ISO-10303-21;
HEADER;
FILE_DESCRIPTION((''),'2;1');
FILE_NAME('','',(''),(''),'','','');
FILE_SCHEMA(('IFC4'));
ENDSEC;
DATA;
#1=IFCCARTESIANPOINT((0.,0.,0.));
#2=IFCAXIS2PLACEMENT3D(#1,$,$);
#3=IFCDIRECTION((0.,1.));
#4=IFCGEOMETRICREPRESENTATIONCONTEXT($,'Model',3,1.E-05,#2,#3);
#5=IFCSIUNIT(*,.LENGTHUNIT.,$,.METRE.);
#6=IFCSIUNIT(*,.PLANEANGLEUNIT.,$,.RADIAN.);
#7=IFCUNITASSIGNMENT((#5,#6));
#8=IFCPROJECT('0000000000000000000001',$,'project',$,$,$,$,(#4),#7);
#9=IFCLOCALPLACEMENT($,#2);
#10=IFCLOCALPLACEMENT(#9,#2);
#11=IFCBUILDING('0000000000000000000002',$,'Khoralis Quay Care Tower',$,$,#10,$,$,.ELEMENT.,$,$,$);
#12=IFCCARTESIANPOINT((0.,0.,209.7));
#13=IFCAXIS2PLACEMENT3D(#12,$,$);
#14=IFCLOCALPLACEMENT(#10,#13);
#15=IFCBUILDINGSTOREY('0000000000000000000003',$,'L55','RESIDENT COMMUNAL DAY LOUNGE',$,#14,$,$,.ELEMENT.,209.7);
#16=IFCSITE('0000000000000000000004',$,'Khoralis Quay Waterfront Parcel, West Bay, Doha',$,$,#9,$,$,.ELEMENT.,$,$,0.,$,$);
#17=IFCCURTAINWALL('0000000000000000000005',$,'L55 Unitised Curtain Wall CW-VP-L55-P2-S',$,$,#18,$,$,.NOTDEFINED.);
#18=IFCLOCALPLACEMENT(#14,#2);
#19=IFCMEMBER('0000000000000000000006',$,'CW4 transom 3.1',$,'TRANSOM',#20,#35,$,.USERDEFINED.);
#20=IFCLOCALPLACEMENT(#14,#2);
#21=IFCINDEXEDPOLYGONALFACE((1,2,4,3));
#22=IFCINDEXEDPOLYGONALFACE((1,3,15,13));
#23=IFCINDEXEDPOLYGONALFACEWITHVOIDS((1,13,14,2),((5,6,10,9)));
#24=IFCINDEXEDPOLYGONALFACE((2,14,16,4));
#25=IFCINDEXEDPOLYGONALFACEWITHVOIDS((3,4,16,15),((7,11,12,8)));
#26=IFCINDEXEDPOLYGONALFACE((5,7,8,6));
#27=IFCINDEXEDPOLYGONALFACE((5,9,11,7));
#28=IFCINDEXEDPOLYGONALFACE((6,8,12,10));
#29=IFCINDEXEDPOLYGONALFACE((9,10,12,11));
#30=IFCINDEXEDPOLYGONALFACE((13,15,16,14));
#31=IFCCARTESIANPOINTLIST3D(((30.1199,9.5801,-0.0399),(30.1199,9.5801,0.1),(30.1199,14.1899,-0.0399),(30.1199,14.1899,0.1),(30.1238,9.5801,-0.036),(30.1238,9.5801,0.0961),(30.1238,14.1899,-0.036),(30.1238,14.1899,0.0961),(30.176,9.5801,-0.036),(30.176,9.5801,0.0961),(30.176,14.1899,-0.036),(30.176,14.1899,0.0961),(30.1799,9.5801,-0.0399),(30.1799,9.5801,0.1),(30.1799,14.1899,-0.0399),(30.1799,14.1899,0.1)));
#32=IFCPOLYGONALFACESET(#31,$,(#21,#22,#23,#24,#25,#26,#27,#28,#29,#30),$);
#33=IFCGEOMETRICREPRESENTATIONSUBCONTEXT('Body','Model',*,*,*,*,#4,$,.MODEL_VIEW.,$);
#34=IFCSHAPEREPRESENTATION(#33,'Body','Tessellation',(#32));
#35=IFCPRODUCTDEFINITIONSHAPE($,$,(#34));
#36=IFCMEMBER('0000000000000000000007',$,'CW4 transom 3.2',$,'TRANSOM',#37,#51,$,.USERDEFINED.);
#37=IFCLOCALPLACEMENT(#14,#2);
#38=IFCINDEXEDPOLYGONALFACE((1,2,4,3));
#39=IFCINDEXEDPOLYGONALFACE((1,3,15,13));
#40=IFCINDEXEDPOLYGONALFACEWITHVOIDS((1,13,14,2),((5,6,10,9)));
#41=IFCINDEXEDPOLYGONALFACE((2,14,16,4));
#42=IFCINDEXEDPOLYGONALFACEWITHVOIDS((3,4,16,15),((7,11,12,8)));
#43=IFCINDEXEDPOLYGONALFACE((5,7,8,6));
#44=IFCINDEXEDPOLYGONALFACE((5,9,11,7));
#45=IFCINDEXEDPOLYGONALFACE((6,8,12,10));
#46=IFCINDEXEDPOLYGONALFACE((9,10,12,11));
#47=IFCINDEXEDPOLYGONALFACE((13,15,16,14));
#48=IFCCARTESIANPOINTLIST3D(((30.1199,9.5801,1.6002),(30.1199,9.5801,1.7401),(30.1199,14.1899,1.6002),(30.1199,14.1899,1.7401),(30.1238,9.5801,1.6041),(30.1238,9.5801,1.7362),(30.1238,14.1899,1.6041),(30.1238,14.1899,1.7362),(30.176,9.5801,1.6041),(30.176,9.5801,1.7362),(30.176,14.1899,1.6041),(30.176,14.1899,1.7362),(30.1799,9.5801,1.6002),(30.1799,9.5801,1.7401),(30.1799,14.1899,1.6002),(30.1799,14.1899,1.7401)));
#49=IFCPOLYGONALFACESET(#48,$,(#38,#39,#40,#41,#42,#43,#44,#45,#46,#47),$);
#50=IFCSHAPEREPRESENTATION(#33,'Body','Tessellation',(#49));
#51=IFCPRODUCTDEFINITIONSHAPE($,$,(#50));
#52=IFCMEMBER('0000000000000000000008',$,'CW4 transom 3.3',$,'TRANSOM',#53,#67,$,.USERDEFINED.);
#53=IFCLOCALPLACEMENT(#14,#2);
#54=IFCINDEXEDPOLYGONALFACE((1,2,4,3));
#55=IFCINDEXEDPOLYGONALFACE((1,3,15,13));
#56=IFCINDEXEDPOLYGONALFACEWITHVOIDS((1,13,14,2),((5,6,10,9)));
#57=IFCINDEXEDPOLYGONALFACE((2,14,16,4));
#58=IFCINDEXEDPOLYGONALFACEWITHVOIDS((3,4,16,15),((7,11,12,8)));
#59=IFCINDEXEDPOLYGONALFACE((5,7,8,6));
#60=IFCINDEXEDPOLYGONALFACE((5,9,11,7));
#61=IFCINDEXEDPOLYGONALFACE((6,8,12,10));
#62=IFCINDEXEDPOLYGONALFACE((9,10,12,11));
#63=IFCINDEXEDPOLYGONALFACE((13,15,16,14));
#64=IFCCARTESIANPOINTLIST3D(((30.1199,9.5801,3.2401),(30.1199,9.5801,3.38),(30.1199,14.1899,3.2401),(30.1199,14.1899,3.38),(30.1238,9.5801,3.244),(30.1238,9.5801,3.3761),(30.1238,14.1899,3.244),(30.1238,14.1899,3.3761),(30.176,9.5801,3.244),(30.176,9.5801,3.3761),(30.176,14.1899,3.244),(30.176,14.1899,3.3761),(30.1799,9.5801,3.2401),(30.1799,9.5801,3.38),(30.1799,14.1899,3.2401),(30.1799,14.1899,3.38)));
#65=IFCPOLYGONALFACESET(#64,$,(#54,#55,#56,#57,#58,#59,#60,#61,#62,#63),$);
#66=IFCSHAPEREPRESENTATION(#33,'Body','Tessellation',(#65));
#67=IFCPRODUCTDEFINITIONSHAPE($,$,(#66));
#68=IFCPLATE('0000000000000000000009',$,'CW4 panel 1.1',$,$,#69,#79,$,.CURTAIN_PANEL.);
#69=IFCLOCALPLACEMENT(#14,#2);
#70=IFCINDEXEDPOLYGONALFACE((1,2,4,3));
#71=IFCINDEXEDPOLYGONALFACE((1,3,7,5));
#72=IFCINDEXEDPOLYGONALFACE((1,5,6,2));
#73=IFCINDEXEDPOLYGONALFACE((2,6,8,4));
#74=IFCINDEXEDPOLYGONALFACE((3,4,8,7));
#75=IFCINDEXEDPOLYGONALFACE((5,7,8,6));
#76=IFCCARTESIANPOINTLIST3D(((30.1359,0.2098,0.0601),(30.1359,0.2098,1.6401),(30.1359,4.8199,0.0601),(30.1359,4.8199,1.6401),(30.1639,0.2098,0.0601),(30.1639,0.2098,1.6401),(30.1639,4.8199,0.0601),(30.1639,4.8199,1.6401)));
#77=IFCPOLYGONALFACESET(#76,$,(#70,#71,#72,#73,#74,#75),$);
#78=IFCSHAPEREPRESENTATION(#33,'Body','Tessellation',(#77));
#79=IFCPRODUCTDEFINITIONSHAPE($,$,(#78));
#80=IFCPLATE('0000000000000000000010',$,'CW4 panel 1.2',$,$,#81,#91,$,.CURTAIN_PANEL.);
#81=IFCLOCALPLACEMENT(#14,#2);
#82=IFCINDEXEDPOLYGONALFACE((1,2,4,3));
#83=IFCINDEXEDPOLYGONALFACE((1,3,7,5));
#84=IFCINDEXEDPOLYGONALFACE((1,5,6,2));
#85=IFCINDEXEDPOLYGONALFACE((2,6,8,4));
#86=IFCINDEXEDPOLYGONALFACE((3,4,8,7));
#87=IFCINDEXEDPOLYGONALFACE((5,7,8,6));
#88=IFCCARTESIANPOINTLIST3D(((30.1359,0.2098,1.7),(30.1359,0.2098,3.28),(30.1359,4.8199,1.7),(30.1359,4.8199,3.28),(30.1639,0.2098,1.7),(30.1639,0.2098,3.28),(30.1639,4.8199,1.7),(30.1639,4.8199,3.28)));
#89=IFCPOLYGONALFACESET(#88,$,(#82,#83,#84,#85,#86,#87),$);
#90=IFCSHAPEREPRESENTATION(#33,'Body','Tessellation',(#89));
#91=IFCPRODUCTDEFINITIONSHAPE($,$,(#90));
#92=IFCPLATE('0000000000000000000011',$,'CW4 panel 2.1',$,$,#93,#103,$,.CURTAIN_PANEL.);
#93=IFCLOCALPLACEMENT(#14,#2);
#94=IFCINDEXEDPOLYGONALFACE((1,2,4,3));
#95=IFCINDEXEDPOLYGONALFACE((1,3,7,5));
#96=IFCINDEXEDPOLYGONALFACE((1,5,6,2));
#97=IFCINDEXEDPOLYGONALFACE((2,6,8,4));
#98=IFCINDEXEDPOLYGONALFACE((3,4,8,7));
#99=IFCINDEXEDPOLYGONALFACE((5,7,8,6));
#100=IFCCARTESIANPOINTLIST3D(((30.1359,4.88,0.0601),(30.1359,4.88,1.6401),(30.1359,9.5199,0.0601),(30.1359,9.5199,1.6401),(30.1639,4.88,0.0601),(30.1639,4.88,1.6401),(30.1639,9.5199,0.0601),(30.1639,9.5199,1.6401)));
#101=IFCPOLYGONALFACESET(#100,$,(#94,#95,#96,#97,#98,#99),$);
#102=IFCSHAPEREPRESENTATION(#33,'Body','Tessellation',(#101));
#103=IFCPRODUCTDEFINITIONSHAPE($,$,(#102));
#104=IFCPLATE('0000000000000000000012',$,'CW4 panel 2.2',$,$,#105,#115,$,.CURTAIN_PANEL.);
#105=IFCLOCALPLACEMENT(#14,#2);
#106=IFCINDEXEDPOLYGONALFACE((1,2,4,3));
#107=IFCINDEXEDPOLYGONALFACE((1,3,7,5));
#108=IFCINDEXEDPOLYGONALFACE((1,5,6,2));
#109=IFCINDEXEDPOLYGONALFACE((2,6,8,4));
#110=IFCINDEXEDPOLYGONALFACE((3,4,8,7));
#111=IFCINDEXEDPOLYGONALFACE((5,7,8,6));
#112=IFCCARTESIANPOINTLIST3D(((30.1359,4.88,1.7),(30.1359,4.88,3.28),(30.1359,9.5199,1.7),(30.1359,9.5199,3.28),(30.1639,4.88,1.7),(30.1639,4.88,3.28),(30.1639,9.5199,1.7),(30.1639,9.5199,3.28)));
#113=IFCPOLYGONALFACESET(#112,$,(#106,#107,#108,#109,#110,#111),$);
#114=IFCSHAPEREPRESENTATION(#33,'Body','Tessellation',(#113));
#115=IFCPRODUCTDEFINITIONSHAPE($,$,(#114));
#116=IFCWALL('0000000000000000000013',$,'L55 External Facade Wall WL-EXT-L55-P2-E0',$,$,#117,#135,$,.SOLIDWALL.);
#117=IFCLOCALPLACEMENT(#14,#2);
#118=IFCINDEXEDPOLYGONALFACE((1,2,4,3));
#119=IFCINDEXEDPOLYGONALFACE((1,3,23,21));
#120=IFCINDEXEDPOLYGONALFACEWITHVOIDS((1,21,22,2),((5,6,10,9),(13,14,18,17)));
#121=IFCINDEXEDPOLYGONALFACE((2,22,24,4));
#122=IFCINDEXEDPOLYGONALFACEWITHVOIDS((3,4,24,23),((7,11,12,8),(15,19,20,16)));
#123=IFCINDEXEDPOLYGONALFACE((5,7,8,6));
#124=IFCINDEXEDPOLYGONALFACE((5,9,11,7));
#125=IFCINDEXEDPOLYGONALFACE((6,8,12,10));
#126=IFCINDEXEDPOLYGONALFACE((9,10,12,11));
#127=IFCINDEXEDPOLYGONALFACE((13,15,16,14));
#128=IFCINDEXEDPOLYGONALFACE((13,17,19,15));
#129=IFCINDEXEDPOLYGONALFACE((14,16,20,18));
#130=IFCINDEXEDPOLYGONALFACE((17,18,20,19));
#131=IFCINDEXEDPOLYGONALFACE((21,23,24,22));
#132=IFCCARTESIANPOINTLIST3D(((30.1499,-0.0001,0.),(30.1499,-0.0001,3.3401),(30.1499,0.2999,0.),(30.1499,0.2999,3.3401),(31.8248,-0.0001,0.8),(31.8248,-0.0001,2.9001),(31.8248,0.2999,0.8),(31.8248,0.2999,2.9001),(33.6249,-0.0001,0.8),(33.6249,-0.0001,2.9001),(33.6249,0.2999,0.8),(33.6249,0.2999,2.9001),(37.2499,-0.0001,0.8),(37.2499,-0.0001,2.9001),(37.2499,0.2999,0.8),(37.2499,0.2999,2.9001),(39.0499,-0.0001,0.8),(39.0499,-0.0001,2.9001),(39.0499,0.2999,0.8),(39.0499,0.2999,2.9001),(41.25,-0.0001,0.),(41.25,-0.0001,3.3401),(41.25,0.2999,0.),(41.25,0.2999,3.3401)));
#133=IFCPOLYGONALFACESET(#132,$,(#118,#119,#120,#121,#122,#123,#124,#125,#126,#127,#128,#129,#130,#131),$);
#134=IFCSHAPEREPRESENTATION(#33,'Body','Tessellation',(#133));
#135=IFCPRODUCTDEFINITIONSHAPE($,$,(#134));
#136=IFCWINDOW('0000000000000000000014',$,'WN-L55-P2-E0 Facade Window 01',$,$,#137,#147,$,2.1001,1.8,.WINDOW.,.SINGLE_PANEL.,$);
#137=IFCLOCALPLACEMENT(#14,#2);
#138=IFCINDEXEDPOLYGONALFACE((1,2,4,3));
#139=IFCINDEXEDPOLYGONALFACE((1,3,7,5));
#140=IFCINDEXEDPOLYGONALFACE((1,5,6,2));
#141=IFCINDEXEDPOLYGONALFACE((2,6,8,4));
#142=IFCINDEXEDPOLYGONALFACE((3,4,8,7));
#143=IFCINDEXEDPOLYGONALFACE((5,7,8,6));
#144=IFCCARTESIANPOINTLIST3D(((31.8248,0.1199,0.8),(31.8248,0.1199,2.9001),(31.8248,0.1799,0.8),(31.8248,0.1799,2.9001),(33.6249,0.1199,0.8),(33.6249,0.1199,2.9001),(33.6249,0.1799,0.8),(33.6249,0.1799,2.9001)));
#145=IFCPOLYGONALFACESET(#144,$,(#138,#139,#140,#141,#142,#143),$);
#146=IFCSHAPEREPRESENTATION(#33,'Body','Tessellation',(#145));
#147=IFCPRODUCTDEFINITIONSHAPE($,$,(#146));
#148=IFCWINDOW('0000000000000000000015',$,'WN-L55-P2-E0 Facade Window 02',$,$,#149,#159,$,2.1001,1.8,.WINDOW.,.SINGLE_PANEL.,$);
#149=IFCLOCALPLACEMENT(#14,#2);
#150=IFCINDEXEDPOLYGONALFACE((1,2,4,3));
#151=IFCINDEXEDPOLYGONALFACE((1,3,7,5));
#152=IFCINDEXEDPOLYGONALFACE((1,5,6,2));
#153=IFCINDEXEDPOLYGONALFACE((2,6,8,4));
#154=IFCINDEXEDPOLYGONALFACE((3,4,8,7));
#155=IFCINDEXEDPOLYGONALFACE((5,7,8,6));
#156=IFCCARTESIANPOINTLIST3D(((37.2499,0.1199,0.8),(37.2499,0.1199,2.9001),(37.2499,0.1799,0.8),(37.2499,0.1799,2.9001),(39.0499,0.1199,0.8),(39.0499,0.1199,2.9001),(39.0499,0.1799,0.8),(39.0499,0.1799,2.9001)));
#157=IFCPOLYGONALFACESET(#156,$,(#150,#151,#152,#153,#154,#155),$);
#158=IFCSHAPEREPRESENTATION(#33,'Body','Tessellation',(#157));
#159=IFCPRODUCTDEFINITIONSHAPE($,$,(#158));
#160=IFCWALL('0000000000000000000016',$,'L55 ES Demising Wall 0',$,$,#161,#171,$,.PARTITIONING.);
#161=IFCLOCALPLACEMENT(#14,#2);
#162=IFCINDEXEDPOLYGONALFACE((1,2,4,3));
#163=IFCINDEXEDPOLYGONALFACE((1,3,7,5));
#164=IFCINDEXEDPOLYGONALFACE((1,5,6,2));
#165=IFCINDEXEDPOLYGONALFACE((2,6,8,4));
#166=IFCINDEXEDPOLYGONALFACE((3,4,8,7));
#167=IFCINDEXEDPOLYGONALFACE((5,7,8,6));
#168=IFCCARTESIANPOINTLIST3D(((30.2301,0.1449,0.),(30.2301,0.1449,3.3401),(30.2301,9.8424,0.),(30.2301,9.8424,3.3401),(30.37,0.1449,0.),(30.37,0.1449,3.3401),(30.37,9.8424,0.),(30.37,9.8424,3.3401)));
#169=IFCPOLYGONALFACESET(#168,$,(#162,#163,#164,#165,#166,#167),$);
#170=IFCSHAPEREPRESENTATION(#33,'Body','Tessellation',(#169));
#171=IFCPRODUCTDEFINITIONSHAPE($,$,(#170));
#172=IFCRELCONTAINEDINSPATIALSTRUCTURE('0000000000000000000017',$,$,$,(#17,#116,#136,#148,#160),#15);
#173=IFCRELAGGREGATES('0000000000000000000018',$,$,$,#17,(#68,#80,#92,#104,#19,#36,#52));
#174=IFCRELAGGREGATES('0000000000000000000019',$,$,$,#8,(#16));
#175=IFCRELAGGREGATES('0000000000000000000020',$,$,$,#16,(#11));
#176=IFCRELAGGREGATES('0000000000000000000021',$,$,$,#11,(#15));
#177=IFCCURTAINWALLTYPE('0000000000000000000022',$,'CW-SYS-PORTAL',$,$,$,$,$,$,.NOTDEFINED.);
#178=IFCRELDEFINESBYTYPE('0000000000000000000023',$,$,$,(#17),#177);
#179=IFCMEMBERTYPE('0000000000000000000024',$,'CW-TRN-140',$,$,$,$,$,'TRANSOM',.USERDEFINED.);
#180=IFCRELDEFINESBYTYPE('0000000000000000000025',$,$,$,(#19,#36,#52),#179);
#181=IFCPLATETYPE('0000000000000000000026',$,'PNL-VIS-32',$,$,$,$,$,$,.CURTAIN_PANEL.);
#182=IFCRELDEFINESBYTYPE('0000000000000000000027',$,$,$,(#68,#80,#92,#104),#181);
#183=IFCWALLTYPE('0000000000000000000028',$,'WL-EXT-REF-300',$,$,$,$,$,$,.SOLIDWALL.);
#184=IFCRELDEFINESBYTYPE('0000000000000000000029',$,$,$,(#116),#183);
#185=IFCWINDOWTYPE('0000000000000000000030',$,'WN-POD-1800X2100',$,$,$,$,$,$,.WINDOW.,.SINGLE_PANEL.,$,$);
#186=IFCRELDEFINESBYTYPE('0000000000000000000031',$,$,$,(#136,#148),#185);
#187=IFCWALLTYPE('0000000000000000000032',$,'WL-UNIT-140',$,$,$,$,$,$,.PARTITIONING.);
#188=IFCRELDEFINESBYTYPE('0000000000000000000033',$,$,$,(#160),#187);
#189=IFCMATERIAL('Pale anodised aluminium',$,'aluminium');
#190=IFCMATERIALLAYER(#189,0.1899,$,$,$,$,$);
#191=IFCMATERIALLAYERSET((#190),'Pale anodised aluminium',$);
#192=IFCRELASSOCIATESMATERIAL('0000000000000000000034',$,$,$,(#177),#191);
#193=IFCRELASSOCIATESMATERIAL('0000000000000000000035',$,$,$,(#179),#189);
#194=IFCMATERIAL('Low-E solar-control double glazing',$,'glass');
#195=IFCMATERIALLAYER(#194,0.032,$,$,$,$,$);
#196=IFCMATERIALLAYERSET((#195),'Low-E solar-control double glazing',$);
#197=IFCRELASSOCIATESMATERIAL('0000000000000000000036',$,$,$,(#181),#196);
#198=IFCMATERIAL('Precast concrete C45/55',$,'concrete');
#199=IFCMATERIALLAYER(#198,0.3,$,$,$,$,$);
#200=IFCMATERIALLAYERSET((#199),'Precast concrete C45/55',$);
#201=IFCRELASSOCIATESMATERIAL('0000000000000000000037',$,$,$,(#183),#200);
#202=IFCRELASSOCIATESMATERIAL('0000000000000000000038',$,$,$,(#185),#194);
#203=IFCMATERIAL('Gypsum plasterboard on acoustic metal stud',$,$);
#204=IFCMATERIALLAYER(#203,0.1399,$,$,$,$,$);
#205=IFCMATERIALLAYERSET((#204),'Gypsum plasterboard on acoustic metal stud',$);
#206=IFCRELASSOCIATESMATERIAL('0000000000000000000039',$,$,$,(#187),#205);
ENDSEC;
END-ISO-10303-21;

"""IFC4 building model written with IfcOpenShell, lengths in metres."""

from ifc_helpers import new_model, si_unit, direction, frame, frame_2d, origin, origin_2d, place, context, subcontext, project, spatial, rectangle, hollow_rectangle, extrude, source, transform, mapped, material, layer, layer_set, material_profile, profile_set, type_object, element, fill, aggregate, save


model = new_model("IFC4")

# Units and contexts
model_context = context("Model", 3, precision=1e-05, world=origin(), true_north=direction((0.0, 1.0)))
body_context = subcontext(model_context, "Body", "Model", "MODEL_VIEW")
ifc_project = project(units=[si_unit("LENGTHUNIT", "METRE"), si_unit("PLANEANGLEUNIT", "RADIAN")], contexts=[model_context])

# Site, building, storey
site_placement = place(None, origin())
site = spatial("IfcSite", under=ifc_project, at=site_placement, Name="Khoralis Quay Waterfront Parcel, West Bay, Doha", CompositionType="ELEMENT", RefElevation=0.0)
building_placement = place(site_placement, origin())
building = spatial("IfcBuilding", under=site, at=building_placement, Name="Khoralis Quay Care Tower", CompositionType="ELEMENT")
storey_placement = place(building_placement, frame((0.0, 0.0, 209.7)))
storey = spatial("IfcBuildingStorey", under=building, at=storey_placement, Name="L55", Description="RESIDENT COMMUNAL DAY LOUNGE", CompositionType="ELEMENT", Elevation=209.7)

# Curtain wall, members, plates
ifc_material_1 = material(Name="Pale anodised aluminium", Category="aluminium")
ifc_layer_1 = layer(ifc_material_1, 0.1899)
ifc_layer_set_1 = layer_set([ifc_layer_1], Name="Pale anodised aluminium")
curtain_wall_type = type_object("IfcCurtainWallType", Name="CW-SYS-PORTAL", PredefinedType="NOTDEFINED", material=ifc_layer_set_1)
curtain_wall_placement = place(storey_placement, origin())
curtain_wall = element("IfcCurtainWall", 1, at=curtain_wall_placement, inside=storey, type_object=curtain_wall_type, Name="L55 Unitised Curtain Wall CW-VP-L55-P2-S", PredefinedType="NOTDEFINED")
ifc_material_profile_1 = material_profile(ifc_material_1, hollow_rectangle(XDim=0.0601, YDim=0.1399, WallThickness=0.0039, at=origin_2d()), Name="Pale anodised aluminium")
ifc_profile_set_1 = profile_set([ifc_material_profile_1], Name="Pale anodised aluminium")
member_type_1 = type_object("IfcMemberType", Name="CW-TRN-140", ElementType="TRANSOM", PredefinedType="USERDEFINED", material=ifc_profile_set_1)
shared_shape_1 = source(origin(), body_context, "Body", "SweptSolid", [
    extrude(hollow_rectangle(XDim=0.0601, YDim=0.1399, WallThickness=0.0039, at=origin_2d()), origin(), (0.0, 0.0, 1.0), 4.6099),
])
member_1_placement = place(storey_placement, frame((30.1499, 9.5801, 0.03), z_axis=(0.0, 1.0, 0.0), x_axis=(-1.0, 0.0, 0.0)))
member_1 = element("IfcMember", 2, at=member_1_placement, type_object=member_type_1, Name="CW4 transom 3.1", ObjectType="TRANSOM", PredefinedType="USERDEFINED", context=body_context, shape_type="MappedRepresentation", body=[
    mapped(shared_shape_1, transform((0.0, 0.0, 0.0), scale=1.0)),
])
member_2_placement = place(storey_placement, frame((30.1499, 9.5801, 1.6702), z_axis=(0.0, 1.0, 0.0), x_axis=(-1.0, 0.0, 0.0)))
member_2 = element("IfcMember", 3, at=member_2_placement, type_object=member_type_1, Name="CW4 transom 3.2", ObjectType="TRANSOM", PredefinedType="USERDEFINED", context=body_context, shape_type="MappedRepresentation", body=[
    mapped(shared_shape_1, transform((0.0, 0.0, 0.0), scale=1.0)),
])
member_3_placement = place(storey_placement, frame((30.1499, 9.5801, 3.3101), z_axis=(0.0, 1.0, 0.0), x_axis=(-1.0, 0.0, 0.0)))
member_3 = element("IfcMember", 4, at=member_3_placement, type_object=member_type_1, Name="CW4 transom 3.3", ObjectType="TRANSOM", PredefinedType="USERDEFINED", context=body_context, shape_type="MappedRepresentation", body=[
    mapped(shared_shape_1, transform((0.0, 0.0, 0.0), scale=1.0)),
])
ifc_material_2 = material(Name="Low-E solar-control double glazing", Category="glass")
ifc_layer_2 = layer(ifc_material_2, 0.032)
ifc_layer_set_2 = layer_set([ifc_layer_2], Name="Low-E solar-control double glazing")
plate_type = type_object("IfcPlateType", Name="PNL-VIS-32", PredefinedType="CURTAIN_PANEL", material=ifc_layer_set_2)
shared_shape_2 = source(origin(), body_context, "Body", "SweptSolid", [
    extrude(rectangle(XDim=4.6101, YDim=0.0281, at=origin_2d()), origin(), (0.0, 0.0, 1.0), 1.5801),
])
plate_1_placement = place(storey_placement, frame((30.1499, 2.5149, 0.0601), z_axis=(0.0, 0.0, 1.0), x_axis=(0.0, 1.0, 0.0)))
plate_1 = element("IfcPlate", 5, at=plate_1_placement, type_object=plate_type, Name="CW4 panel 1.1", PredefinedType="CURTAIN_PANEL", context=body_context, shape_type="MappedRepresentation", body=[
    mapped(shared_shape_2, transform((0.0, 0.0, 0.0), scale=1.0)),
])
plate_2_placement = place(storey_placement, frame((30.1499, 2.5149, 1.7), z_axis=(0.0, 0.0, 1.0), x_axis=(0.0, 1.0, 0.0)))
plate_2 = element("IfcPlate", 6, at=plate_2_placement, type_object=plate_type, Name="CW4 panel 1.2", PredefinedType="CURTAIN_PANEL", context=body_context, shape_type="MappedRepresentation", body=[
    mapped(shared_shape_2, transform((0.0, 0.0, 0.0), scale=1.0)),
])
shared_shape_3 = source(origin(), body_context, "Body", "SweptSolid", [
    extrude(rectangle(XDim=4.6399, YDim=0.0281, at=origin_2d()), origin(), (0.0, 0.0, 1.0), 1.5801),
])
plate_3_placement = place(storey_placement, frame((30.1499, 7.2, 0.0601), z_axis=(0.0, 0.0, 1.0), x_axis=(0.0, 1.0, 0.0)))
plate_3 = element("IfcPlate", 7, at=plate_3_placement, type_object=plate_type, Name="CW4 panel 2.1", PredefinedType="CURTAIN_PANEL", context=body_context, shape_type="MappedRepresentation", body=[
    mapped(shared_shape_3, transform((0.0, 0.0, 0.0), scale=1.0)),
])
plate_4_placement = place(storey_placement, frame((30.1499, 7.2, 1.7), z_axis=(0.0, 0.0, 1.0), x_axis=(0.0, 1.0, 0.0)))
plate_4 = element("IfcPlate", 8, at=plate_4_placement, type_object=plate_type, Name="CW4 panel 2.2", PredefinedType="CURTAIN_PANEL", context=body_context, shape_type="MappedRepresentation", body=[
    mapped(shared_shape_3, transform((0.0, 0.0, 0.0), scale=1.0)),
])
aggregate(curtain_wall, [plate_1, plate_2, plate_3, plate_4, member_1, member_2, member_3])

# Wall, openings, windows
ifc_material_3 = material(Name="Precast concrete C45/55", Category="concrete")
ifc_layer_3 = layer(ifc_material_3, 0.3)
ifc_layer_set_3 = layer_set([ifc_layer_3], Name="Precast concrete C45/55")
wall_type_1 = type_object("IfcWallType", Name="WL-EXT-REF-300", PredefinedType="SOLIDWALL", material=ifc_layer_set_3)
wall_1_placement = place(storey_placement, frame((30.1499, 0.1499, 0.0), z_axis=(0.0, 0.0, 1.0), x_axis=(1.0, 0.0, 0.0)))
wall_1 = element("IfcWall", 9, at=wall_1_placement, inside=storey, type_object=wall_type_1, Name="L55 External Facade Wall WL-EXT-L55-P2-E0", PredefinedType="SOLIDWALL", context=body_context, shape_type="SweptSolid", body=[
    extrude(rectangle(XDim=11.1001, YDim=0.3, at=frame_2d((5.55, 0.0))), origin(), (0.0, 0.0, 1.0), 3.3401),
])
opening_1_placement = place(wall_1_placement, frame((1.675, 0.0, 0.8)))
opening_1 = element("IfcOpeningElement", 10, at=opening_1_placement, cuts=wall_1, PredefinedType="OPENING", context=body_context, shape_type="SweptSolid", body=[
    extrude(rectangle(XDim=1.8, YDim=2.1001, at=frame_2d((0.8999, 1.05))), frame((0.0, 0.1602, 0.0), z_axis=(0.0, -1.0, 0.0), x_axis=(1.0, 0.0, 0.0)), (0.0, 0.0, 1.0), 0.3201),
])
opening_2_placement = place(wall_1_placement, frame((7.1001, 0.0, 0.8)))
opening_2 = element("IfcOpeningElement", 11, at=opening_2_placement, cuts=wall_1, PredefinedType="OPENING", context=body_context, shape_type="SweptSolid", body=[
    extrude(rectangle(XDim=1.8, YDim=2.1001, at=frame_2d((0.8999, 1.05))), frame((0.0, 0.1602, 0.0), z_axis=(0.0, -1.0, 0.0), x_axis=(1.0, 0.0, 0.0)), (0.0, 0.0, 1.0), 0.3201),
])
window_type = type_object("IfcWindowType", Name="WN-POD-1800X2100", PartitioningType="SINGLE_PANEL", PredefinedType="WINDOW", material=ifc_material_2)
shared_shape_4 = source(origin(), body_context, "Body", "SweptSolid", [
    extrude(rectangle(XDim=1.8, YDim=2.1001, at=frame_2d((0.8999, 1.05))), frame((0.0, 0.03, 0.0), z_axis=(0.0, -1.0, 0.0), x_axis=(1.0, 0.0, 0.0)), (0.0, 0.0, 1.0), 0.0601),
])
window_1_placement = place(opening_1_placement, origin())
window_1 = element("IfcWindow", 12, at=window_1_placement, inside=storey, type_object=window_type, Name="WN-L55-P2-E0 Facade Window 01", OverallHeight=2.1001, OverallWidth=1.8, PartitioningType="SINGLE_PANEL", PredefinedType="WINDOW", context=body_context, shape_type="MappedRepresentation", body=[
    mapped(shared_shape_4, transform((0.0, 0.0, 0.0), scale=1.0)),
])
fill(opening_1, window_1)
window_2_placement = place(opening_2_placement, origin())
window_2 = element("IfcWindow", 13, at=window_2_placement, inside=storey, type_object=window_type, Name="WN-L55-P2-E0 Facade Window 02", OverallHeight=2.1001, OverallWidth=1.8, PartitioningType="SINGLE_PANEL", PredefinedType="WINDOW", context=body_context, shape_type="MappedRepresentation", body=[
    mapped(shared_shape_4, transform((0.0, 0.0, 0.0), scale=1.0)),
])
fill(opening_2, window_2)

# Wall
ifc_material_4 = material(Name="Gypsum plasterboard on acoustic metal stud")
ifc_layer_4 = layer(ifc_material_4, 0.1399)
ifc_layer_set_4 = layer_set([ifc_layer_4], Name="Gypsum plasterboard on acoustic metal stud")
wall_type_2 = type_object("IfcWallType", Name="WL-UNIT-140", PredefinedType="PARTITIONING", material=ifc_layer_set_4)
wall_2_placement = place(storey_placement, frame((30.3, 0.145, 0.0), z_axis=(0.0, 0.0, 1.0), x_axis=(0.0, 1.0, 0.0)))
element("IfcWall", 14, at=wall_2_placement, inside=storey, type_object=wall_type_2, Name="L55 ES Demising Wall 0", PredefinedType="PARTITIONING", context=body_context, shape_type="SweptSolid", body=[
    extrude(rectangle(XDim=9.6975, YDim=0.1399, at=frame_2d((4.8486, 0.0))), origin(), (0.0, 0.0, 1.0), 3.3401),
])

save(model, "model.ifc")
